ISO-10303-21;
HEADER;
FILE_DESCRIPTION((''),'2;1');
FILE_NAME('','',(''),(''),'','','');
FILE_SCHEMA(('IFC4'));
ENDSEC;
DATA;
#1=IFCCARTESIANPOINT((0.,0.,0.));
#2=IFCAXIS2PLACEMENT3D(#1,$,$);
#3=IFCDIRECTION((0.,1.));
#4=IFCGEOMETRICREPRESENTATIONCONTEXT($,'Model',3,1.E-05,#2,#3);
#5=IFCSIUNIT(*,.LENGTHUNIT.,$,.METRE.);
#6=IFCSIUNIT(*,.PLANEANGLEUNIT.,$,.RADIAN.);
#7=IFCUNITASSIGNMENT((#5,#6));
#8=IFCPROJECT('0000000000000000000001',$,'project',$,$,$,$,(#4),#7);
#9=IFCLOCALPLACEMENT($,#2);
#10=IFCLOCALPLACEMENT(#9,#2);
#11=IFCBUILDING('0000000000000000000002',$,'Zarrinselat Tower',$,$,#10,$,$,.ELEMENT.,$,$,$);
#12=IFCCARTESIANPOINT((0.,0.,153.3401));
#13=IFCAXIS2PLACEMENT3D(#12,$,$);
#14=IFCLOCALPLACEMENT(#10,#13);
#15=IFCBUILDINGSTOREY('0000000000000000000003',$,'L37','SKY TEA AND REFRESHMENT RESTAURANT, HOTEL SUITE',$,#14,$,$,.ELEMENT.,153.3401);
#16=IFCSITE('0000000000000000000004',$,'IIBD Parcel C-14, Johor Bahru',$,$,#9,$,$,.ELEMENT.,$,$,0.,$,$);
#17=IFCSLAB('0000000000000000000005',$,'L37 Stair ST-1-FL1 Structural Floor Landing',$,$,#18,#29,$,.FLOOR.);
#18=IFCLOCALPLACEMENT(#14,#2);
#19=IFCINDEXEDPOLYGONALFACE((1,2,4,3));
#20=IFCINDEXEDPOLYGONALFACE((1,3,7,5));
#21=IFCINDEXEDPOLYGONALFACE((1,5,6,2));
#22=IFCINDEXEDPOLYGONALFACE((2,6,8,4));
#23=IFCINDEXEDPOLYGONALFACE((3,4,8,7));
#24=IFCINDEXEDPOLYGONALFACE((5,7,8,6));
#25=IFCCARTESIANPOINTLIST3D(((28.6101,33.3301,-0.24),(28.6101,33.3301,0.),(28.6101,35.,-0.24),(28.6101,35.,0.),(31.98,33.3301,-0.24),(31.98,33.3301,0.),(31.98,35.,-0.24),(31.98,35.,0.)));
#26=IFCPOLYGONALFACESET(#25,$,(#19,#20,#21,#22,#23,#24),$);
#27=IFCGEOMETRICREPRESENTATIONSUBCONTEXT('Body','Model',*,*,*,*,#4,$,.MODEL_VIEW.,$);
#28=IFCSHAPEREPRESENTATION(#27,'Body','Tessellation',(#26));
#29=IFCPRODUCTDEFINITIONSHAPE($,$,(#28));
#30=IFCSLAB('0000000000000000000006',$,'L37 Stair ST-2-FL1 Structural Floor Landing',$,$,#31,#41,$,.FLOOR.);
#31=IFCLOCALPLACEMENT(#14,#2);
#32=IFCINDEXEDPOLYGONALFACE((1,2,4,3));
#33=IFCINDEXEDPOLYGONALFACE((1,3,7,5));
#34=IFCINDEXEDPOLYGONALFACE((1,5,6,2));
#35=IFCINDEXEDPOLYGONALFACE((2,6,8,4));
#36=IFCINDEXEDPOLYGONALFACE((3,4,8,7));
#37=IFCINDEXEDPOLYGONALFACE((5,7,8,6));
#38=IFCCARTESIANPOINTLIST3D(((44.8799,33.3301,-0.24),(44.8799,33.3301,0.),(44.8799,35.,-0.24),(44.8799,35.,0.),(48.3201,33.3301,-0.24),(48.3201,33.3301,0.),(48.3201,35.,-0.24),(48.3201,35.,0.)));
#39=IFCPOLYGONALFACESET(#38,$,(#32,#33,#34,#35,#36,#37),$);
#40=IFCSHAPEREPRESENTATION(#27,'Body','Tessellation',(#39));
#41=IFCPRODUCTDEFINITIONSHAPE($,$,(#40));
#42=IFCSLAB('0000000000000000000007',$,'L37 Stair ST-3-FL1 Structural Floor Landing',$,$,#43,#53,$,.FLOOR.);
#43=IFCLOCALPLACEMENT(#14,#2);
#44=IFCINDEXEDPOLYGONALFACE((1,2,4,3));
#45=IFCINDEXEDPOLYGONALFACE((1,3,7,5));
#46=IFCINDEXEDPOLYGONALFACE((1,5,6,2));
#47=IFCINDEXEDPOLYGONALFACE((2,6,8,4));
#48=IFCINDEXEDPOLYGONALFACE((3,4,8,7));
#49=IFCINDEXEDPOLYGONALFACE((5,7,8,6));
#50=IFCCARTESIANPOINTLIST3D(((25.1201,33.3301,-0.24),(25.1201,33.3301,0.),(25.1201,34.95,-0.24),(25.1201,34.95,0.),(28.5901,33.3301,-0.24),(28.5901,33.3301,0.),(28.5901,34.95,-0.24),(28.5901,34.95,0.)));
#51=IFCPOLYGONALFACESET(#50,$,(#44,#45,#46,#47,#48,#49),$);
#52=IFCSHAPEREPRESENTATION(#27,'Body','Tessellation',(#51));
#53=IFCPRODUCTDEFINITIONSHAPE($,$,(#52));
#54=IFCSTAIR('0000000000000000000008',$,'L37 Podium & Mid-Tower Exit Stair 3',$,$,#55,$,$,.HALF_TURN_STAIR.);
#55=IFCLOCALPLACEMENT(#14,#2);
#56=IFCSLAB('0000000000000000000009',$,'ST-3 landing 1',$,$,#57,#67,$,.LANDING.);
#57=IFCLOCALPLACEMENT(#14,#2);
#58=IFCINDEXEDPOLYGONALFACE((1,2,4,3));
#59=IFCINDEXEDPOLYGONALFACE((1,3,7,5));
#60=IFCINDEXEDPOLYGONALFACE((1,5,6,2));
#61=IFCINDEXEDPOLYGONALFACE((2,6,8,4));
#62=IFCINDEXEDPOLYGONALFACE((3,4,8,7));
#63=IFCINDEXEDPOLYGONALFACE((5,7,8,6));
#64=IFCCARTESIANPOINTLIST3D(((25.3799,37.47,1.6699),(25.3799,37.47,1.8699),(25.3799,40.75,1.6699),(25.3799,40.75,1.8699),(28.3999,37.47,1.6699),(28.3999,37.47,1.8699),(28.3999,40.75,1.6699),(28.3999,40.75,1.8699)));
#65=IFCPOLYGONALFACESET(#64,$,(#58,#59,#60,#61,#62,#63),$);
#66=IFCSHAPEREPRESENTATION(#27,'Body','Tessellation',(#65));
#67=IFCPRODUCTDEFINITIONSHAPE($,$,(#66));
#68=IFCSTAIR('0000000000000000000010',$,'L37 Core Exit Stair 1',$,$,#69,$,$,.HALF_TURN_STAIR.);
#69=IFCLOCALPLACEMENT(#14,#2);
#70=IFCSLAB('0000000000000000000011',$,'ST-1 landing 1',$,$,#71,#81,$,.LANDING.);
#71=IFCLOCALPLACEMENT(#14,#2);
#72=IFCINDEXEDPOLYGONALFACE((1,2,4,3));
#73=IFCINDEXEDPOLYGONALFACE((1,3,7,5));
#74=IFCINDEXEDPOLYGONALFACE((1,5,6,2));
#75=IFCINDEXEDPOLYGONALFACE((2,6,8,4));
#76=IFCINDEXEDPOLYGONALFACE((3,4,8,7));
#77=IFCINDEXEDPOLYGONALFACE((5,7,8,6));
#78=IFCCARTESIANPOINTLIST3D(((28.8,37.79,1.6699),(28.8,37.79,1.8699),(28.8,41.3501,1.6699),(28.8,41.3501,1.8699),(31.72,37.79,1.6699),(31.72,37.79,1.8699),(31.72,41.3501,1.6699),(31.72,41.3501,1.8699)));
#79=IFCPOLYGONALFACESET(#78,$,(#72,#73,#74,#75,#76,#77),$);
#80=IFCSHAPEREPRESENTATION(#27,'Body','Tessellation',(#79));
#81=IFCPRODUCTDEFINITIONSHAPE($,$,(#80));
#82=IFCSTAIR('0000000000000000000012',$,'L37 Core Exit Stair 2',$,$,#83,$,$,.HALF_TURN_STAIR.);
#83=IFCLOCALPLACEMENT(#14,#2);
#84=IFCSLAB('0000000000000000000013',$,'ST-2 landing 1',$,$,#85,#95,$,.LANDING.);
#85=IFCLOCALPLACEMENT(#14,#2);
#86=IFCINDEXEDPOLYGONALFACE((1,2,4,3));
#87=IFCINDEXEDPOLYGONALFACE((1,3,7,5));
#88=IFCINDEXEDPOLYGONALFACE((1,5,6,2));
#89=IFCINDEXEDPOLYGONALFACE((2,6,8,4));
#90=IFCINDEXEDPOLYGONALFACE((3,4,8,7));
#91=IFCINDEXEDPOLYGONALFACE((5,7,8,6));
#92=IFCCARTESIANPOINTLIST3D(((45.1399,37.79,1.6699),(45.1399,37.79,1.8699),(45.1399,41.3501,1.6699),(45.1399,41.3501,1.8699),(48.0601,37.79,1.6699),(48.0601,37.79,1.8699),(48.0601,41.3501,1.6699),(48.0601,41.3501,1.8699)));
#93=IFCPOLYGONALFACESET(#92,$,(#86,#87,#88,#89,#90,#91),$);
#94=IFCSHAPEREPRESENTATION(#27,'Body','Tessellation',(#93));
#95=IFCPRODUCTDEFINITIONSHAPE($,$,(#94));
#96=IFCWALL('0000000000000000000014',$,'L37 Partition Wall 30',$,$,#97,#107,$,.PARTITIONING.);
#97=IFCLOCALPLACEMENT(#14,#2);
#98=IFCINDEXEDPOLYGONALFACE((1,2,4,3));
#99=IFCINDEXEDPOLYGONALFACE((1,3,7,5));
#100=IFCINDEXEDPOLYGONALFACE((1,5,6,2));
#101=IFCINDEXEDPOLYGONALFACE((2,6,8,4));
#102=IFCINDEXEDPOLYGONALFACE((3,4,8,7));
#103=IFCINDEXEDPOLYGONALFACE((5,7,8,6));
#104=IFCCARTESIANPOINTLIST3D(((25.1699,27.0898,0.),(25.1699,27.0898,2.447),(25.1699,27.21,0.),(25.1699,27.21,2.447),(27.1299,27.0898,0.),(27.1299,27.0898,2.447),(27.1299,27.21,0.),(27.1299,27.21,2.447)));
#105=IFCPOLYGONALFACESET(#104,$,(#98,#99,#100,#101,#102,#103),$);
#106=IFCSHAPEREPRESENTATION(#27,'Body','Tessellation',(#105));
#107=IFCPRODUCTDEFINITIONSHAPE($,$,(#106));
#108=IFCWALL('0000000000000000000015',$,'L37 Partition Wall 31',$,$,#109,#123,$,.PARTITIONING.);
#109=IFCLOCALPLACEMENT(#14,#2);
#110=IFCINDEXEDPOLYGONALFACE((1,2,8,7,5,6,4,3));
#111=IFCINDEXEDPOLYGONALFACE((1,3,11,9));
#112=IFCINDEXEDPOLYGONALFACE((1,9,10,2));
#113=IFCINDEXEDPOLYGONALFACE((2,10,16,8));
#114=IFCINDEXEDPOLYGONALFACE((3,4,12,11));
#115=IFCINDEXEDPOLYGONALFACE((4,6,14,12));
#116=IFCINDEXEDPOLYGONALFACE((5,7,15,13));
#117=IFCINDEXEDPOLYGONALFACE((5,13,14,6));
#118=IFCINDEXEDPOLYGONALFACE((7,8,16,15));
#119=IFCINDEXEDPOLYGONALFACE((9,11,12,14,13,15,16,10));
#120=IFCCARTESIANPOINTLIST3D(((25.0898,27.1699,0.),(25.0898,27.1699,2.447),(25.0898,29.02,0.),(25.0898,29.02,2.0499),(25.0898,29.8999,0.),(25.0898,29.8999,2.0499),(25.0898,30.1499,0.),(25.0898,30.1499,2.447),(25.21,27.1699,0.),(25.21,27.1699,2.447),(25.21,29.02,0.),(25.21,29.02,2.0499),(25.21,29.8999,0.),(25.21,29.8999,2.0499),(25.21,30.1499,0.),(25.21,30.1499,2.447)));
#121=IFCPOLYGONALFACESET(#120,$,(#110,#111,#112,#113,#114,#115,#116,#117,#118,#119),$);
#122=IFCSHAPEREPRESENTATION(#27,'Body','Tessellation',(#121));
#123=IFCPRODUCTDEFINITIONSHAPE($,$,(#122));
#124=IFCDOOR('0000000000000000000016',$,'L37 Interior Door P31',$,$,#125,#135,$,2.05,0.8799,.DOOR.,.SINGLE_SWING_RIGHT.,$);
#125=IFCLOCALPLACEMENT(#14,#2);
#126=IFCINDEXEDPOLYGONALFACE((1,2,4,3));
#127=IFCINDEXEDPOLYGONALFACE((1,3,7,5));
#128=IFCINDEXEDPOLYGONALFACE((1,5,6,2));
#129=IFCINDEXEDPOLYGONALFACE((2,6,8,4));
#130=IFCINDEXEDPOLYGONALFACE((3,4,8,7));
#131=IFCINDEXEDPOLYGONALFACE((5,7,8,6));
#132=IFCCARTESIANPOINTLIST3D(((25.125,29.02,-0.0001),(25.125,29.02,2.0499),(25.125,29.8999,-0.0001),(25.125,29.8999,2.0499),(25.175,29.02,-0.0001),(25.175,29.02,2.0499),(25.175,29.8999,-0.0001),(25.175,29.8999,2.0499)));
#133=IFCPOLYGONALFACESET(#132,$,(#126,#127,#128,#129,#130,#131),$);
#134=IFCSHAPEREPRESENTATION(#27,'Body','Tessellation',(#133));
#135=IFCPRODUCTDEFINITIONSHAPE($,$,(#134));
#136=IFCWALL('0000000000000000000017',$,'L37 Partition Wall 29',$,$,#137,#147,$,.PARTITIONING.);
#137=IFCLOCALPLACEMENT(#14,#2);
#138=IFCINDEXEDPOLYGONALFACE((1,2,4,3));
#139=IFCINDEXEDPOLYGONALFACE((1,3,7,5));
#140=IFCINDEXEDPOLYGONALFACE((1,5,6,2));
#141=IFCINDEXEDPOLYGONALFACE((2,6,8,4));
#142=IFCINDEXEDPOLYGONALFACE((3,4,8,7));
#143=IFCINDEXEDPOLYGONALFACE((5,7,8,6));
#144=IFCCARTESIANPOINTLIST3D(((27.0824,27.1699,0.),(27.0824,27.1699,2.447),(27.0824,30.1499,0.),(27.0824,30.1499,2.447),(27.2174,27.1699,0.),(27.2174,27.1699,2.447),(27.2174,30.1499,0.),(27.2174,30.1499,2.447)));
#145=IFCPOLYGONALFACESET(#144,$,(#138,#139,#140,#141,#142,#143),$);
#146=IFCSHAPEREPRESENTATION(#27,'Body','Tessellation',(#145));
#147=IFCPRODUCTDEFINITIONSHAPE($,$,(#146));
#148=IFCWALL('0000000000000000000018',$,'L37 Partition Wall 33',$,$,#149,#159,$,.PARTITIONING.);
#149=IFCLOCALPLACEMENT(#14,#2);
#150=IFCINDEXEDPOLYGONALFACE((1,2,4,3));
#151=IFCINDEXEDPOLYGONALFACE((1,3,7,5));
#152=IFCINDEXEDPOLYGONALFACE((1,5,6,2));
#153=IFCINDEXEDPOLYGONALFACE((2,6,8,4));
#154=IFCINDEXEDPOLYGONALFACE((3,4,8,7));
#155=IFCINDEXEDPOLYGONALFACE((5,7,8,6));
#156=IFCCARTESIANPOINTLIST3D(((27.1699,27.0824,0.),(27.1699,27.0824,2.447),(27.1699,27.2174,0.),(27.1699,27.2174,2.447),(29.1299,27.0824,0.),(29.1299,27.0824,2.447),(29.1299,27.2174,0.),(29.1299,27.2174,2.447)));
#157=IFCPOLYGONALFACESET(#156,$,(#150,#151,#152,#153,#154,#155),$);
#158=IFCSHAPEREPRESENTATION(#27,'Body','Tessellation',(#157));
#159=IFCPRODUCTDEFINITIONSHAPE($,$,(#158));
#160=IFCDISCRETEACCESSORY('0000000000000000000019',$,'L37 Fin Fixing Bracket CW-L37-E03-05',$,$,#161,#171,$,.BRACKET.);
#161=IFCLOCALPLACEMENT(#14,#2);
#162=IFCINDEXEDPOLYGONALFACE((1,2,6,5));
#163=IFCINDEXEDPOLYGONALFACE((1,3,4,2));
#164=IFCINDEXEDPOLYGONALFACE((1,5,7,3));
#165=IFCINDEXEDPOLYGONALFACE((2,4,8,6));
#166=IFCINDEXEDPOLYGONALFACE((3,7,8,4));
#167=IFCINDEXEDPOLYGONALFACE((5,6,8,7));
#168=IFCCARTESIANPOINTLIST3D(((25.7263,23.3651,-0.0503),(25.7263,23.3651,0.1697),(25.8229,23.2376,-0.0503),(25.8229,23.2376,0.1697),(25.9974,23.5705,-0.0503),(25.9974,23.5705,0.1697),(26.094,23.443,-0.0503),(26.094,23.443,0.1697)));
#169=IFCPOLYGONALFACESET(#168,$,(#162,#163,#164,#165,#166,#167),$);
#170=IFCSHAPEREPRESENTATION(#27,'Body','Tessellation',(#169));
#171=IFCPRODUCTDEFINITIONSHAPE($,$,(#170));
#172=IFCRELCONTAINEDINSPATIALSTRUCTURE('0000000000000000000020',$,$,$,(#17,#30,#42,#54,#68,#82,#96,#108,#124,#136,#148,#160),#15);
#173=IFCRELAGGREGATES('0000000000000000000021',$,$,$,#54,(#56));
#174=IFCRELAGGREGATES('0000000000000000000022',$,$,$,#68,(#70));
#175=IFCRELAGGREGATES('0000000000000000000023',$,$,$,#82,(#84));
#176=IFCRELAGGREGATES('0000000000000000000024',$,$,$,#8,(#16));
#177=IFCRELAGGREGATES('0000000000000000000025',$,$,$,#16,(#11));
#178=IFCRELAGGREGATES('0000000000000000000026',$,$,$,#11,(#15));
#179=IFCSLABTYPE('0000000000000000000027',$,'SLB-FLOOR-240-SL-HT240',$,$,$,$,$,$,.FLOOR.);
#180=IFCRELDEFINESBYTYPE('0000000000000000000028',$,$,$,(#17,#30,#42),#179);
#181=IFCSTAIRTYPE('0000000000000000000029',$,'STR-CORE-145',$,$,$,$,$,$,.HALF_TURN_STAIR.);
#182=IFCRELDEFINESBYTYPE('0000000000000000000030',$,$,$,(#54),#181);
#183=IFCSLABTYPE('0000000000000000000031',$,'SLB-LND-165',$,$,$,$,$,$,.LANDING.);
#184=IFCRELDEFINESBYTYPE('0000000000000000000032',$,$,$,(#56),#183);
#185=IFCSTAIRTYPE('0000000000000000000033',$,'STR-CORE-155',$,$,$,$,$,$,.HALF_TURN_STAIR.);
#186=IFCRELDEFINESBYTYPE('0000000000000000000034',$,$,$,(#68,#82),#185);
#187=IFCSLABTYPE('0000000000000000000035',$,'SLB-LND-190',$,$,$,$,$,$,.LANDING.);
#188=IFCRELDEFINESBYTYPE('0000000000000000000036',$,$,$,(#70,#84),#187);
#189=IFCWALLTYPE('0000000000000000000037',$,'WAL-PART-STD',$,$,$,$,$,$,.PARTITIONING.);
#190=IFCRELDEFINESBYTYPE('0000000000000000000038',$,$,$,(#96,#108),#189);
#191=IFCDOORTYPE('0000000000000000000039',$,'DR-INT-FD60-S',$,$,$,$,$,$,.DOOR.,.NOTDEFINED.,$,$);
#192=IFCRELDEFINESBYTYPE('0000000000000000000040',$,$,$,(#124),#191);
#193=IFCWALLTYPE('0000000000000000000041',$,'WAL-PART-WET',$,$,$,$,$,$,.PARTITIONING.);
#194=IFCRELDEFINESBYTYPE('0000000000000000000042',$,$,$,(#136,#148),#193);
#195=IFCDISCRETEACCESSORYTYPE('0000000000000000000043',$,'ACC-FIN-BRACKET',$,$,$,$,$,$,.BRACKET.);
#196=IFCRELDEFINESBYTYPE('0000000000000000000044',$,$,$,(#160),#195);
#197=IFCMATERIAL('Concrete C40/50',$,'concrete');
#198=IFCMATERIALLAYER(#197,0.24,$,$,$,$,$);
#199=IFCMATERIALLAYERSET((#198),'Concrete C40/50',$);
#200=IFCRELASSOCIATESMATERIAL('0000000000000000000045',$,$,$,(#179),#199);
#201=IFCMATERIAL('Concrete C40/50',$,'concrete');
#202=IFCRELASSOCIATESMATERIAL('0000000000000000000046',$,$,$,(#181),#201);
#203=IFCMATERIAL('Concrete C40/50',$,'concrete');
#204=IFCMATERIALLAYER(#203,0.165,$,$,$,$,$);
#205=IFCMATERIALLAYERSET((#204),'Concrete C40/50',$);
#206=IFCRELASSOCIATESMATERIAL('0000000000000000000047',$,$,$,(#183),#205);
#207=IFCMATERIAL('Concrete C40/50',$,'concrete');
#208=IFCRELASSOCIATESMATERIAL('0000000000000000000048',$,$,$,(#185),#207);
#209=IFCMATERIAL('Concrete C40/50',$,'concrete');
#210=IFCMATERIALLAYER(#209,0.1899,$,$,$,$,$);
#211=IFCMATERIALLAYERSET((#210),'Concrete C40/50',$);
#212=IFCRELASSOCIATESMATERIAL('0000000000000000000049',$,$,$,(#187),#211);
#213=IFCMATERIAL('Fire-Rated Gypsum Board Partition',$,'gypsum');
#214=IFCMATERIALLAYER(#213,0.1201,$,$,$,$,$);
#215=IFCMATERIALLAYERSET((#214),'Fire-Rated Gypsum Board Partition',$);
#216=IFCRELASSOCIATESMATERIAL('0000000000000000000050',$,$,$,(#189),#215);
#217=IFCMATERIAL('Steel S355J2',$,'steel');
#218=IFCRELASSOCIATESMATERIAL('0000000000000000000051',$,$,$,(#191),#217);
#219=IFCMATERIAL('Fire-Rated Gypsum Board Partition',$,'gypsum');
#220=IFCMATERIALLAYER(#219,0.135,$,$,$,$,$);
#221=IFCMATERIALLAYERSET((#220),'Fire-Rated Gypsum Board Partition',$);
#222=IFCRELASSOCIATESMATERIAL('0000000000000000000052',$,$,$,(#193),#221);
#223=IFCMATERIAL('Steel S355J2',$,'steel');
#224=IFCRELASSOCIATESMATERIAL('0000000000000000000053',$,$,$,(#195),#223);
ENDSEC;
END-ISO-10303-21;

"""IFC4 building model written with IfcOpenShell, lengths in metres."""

from ifc_helpers import new_model, si_unit, direction, frame, frame_2d, origin, origin_2d, place, context, subcontext, project, spatial, polyline, rectangle, outline, extrude, material, layer, layer_set, type_object, element, fill, aggregate, save


model = new_model("IFC4")

# Units and contexts
model_context = context("Model", 3, precision=1e-05, world=origin(), true_north=direction((0.0, 1.0)))
body_context = subcontext(model_context, "Body", "Model", "MODEL_VIEW")
ifc_project = project(units=[si_unit("LENGTHUNIT", "METRE"), si_unit("PLANEANGLEUNIT", "RADIAN")], contexts=[model_context])

# Site, building, storey
site_placement = place(None, origin())
site = spatial("IfcSite", under=ifc_project, at=site_placement, Name="IIBD Parcel C-14, Johor Bahru", CompositionType="ELEMENT", RefElevation=0.0)
building_placement = place(site_placement, origin())
building = spatial("IfcBuilding", under=site, at=building_placement, Name="Zarrinselat Tower", CompositionType="ELEMENT")
storey_placement = place(building_placement, frame((0.0, 0.0, 153.3401)))
storey = spatial("IfcBuildingStorey", under=building, at=storey_placement, Name="L37", Description="SKY TEA AND REFRESHMENT RESTAURANT, HOTEL SUITE", CompositionType="ELEMENT", Elevation=153.3401)

# Slabs
ifc_material_1 = material(Name="Concrete C40/50", Category="concrete")
ifc_layer_1 = layer(ifc_material_1, 0.24)
ifc_layer_set_1 = layer_set([ifc_layer_1], Name="Concrete C40/50")
slab_type_1 = type_object("IfcSlabType", Name="SLB-FLOOR-240-SL-HT240", PredefinedType="FLOOR", material=ifc_layer_set_1)
slab_1_placement = place(storey_placement, frame((0.0, 0.0, -0.24)))
element("IfcSlab", 1, at=slab_1_placement, inside=storey, type_object=slab_type_1, Name="L37 Stair ST-1-FL1 Structural Floor Landing", PredefinedType="FLOOR", context=body_context, shape_type="SweptSolid", body=[
    extrude(outline(polyline([(31.98, 33.3301), (31.98, 35.0), (28.6101, 35.0), (28.6101, 33.3301), (31.98, 33.3301)])), origin(), (0.0, 0.0, 1.0), 0.24),
])
slab_2_placement = place(storey_placement, frame((0.0, 0.0, -0.24)))
element("IfcSlab", 2, at=slab_2_placement, inside=storey, type_object=slab_type_1, Name="L37 Stair ST-2-FL1 Structural Floor Landing", PredefinedType="FLOOR", context=body_context, shape_type="SweptSolid", body=[
    extrude(outline(polyline([(48.3201, 33.3301), (48.3201, 35.0), (44.8799, 35.0), (44.8799, 33.3301), (48.3201, 33.3301)])), origin(), (0.0, 0.0, 1.0), 0.24),
])
slab_3_placement = place(storey_placement, frame((0.0, 0.0, -0.24)))
element("IfcSlab", 3, at=slab_3_placement, inside=storey, type_object=slab_type_1, Name="L37 Stair ST-3-FL1 Structural Floor Landing", PredefinedType="FLOOR", context=body_context, shape_type="SweptSolid", body=[
    extrude(outline(polyline([(28.5901, 33.3301), (28.5901, 34.95), (25.1201, 34.95), (25.1201, 33.3301), (28.5901, 33.3301)])), origin(), (0.0, 0.0, 1.0), 0.24),
])

# Stairs, slabs
ifc_material_2 = material(Name="Concrete C40/50", Category="concrete")
stair_type_1 = type_object("IfcStairType", Name="STR-CORE-145", PredefinedType="HALF_TURN_STAIR", material=ifc_material_2)
stair_1_placement = place(storey_placement, origin())
stair_1 = element("IfcStair", 4, at=stair_1_placement, inside=storey, type_object=stair_type_1, Name="L37 Podium & Mid-Tower Exit Stair 3", PredefinedType="HALF_TURN_STAIR")
ifc_material_3 = material(Name="Concrete C40/50", Category="concrete")
ifc_layer_2 = layer(ifc_material_3, 0.165)
ifc_layer_set_2 = layer_set([ifc_layer_2], Name="Concrete C40/50")
slab_type_2 = type_object("IfcSlabType", Name="SLB-LND-165", PredefinedType="LANDING", material=ifc_layer_set_2)
slab_4_placement = place(storey_placement, frame((0.0, 0.0, 1.6699)))
slab_4 = element("IfcSlab", 5, at=slab_4_placement, type_object=slab_type_2, Name="ST-3 landing 1", PredefinedType="LANDING", context=body_context, shape_type="SweptSolid", body=[
    extrude(outline(polyline([(28.3999, 37.47), (28.3999, 40.75), (25.3799, 40.75), (25.3799, 37.47), (28.3999, 37.47)])), origin(), (0.0, 0.0, 1.0), 0.2),
])
aggregate(stair_1, [slab_4])
ifc_material_4 = material(Name="Concrete C40/50", Category="concrete")
stair_type_2 = type_object("IfcStairType", Name="STR-CORE-155", PredefinedType="HALF_TURN_STAIR", material=ifc_material_4)
stair_2_placement = place(storey_placement, origin())
stair_2 = element("IfcStair", 6, at=stair_2_placement, inside=storey, type_object=stair_type_2, Name="L37 Core Exit Stair 1", PredefinedType="HALF_TURN_STAIR")
ifc_material_5 = material(Name="Concrete C40/50", Category="concrete")
ifc_layer_3 = layer(ifc_material_5, 0.1899)
ifc_layer_set_3 = layer_set([ifc_layer_3], Name="Concrete C40/50")
slab_type_3 = type_object("IfcSlabType", Name="SLB-LND-190", PredefinedType="LANDING", material=ifc_layer_set_3)
slab_5_placement = place(storey_placement, frame((0.0, 0.0, 1.6699)))
slab_5 = element("IfcSlab", 7, at=slab_5_placement, type_object=slab_type_3, Name="ST-1 landing 1", PredefinedType="LANDING", context=body_context, shape_type="SweptSolid", body=[
    extrude(outline(polyline([(31.72, 37.79), (31.72, 41.3501), (28.8, 41.3501), (28.8, 37.79), (31.72, 37.79)])), origin(), (0.0, 0.0, 1.0), 0.2),
])
aggregate(stair_2, [slab_5])
stair_3_placement = place(storey_placement, origin())
stair_3 = element("IfcStair", 8, at=stair_3_placement, inside=storey, type_object=stair_type_2, Name="L37 Core Exit Stair 2", PredefinedType="HALF_TURN_STAIR")
slab_6_placement = place(storey_placement, frame((0.0, 0.0, 1.6699)))
slab_6 = element("IfcSlab", 9, at=slab_6_placement, type_object=slab_type_3, Name="ST-2 landing 1", PredefinedType="LANDING", context=body_context, shape_type="SweptSolid", body=[
    extrude(outline(polyline([(48.0601, 37.79), (48.0601, 41.3501), (45.1399, 41.3501), (45.1399, 37.79), (48.0601, 37.79)])), origin(), (0.0, 0.0, 1.0), 0.2),
])
aggregate(stair_3, [slab_6])

# Wall
ifc_material_6 = material(Name="Fire-Rated Gypsum Board Partition", Category="gypsum")
ifc_layer_4 = layer(ifc_material_6, 0.1201)
ifc_layer_set_4 = layer_set([ifc_layer_4], Name="Fire-Rated Gypsum Board Partition")
wall_type_1 = type_object("IfcWallType", Name="WAL-PART-STD", PredefinedType="PARTITIONING", material=ifc_layer_set_4)
wall_1_placement = place(storey_placement, frame((25.1699, 27.1499, 0.0), z_axis=(0.0, 0.0, 1.0), x_axis=(1.0, 0.0, 0.0)))
element("IfcWall", 10, at=wall_1_placement, inside=storey, type_object=wall_type_1, Name="L37 Partition Wall 30", PredefinedType="PARTITIONING", context=body_context, shape_type="SweptSolid", body=[
    extrude(rectangle(XDim=1.96, YDim=0.1201, at=frame_2d((0.98, 0.0))), origin(), (0.0, 0.0, 1.0), 2.447),
])

# Wall, opening, door
wall_2_placement = place(storey_placement, frame((25.1499, 27.1699, 0.0), z_axis=(0.0, 0.0, 1.0), x_axis=(0.0, 1.0, 0.0)))
wall_2 = element("IfcWall", 11, at=wall_2_placement, inside=storey, type_object=wall_type_1, Name="L37 Partition Wall 31", PredefinedType="PARTITIONING", context=body_context, shape_type="SweptSolid", body=[
    extrude(rectangle(XDim=2.98, YDim=0.1201, at=frame_2d((1.49, 0.0))), origin(), (0.0, 0.0, 1.0), 2.447),
])
opening_placement = place(wall_2_placement, frame((1.8501, 0.0, 0.0)))
opening = element("IfcOpeningElement", 12, at=opening_placement, cuts=wall_2, PredefinedType="OPENING", context=body_context, shape_type="SweptSolid", body=[
    extrude(rectangle(XDim=0.8799, YDim=2.05, at=frame_2d((0.4399, 1.0249))), frame((0.0, 0.0701, 0.0), z_axis=(0.0, -1.0, 0.0), x_axis=(1.0, 0.0, 0.0)), (0.0, 0.0, 1.0), 0.1401),
])
ifc_material_7 = material(Name="Steel S355J2", Category="steel")
door_type = type_object("IfcDoorType", Name="DR-INT-FD60-S", OperationType="NOTDEFINED", PredefinedType="DOOR", material=ifc_material_7)
door_placement = place(opening_placement, origin())
door = element("IfcDoor", 13, at=door_placement, inside=storey, type_object=door_type, Name="L37 Interior Door P31", OperationType="SINGLE_SWING_RIGHT", OverallHeight=2.05, OverallWidth=0.8799, PredefinedType="DOOR", context=body_context, shape_type="SweptSolid", body=[
    extrude(rectangle(XDim=0.8799, YDim=2.05, at=frame_2d((0.4399, 1.0249))), frame((0.0, 0.0249, 0.0), z_axis=(0.0, -1.0, 0.0), x_axis=(1.0, 0.0, 0.0)), (0.0, 0.0, 1.0), 0.05),
])
fill(opening, door)

# Walls
ifc_material_8 = material(Name="Fire-Rated Gypsum Board Partition", Category="gypsum")
ifc_layer_5 = layer(ifc_material_8, 0.135)
ifc_layer_set_5 = layer_set([ifc_layer_5], Name="Fire-Rated Gypsum Board Partition")
wall_type_2 = type_object("IfcWallType", Name="WAL-PART-WET", PredefinedType="PARTITIONING", material=ifc_layer_set_5)
wall_3_placement = place(storey_placement, frame((27.1499, 27.1699, 0.0), z_axis=(0.0, 0.0, 1.0), x_axis=(0.0, 1.0, 0.0)))
element("IfcWall", 14, at=wall_3_placement, inside=storey, type_object=wall_type_2, Name="L37 Partition Wall 29", PredefinedType="PARTITIONING", context=body_context, shape_type="SweptSolid", body=[
    extrude(rectangle(XDim=2.98, YDim=0.135, at=frame_2d((1.49, 0.0))), origin(), (0.0, 0.0, 1.0), 2.447),
])
wall_4_placement = place(storey_placement, frame((27.1699, 27.1499, 0.0), z_axis=(0.0, 0.0, 1.0), x_axis=(1.0, 0.0, 0.0)))
element("IfcWall", 15, at=wall_4_placement, inside=storey, type_object=wall_type_2, Name="L37 Partition Wall 33", PredefinedType="PARTITIONING", context=body_context, shape_type="SweptSolid", body=[
    extrude(rectangle(XDim=1.96, YDim=0.135, at=frame_2d((0.98, 0.0))), origin(), (0.0, 0.0, 1.0), 2.447),
])

# Discrete accessory
ifc_material_9 = material(Name="Steel S355J2", Category="steel")
discrete_accessory_type = type_object("IfcDiscreteAccessoryType", Name="ACC-FIN-BRACKET", PredefinedType="BRACKET", material=ifc_material_9)
discrete_accessory_placement = place(storey_placement, frame((25.9102, 23.4041, -0.0503), z_axis=(0.0, 0.0, 1.0), x_axis=(-0.797093, -0.603857, 0.0)))
element("IfcDiscreteAccessory", 16, at=discrete_accessory_placement, inside=storey, type_object=discrete_accessory_type, Name="L37 Fin Fixing Bracket CW-L37-E03-05", PredefinedType="BRACKET", context=body_context, shape_type="SweptSolid", body=[
    extrude(rectangle(XDim=0.3401, YDim=0.1599, at=origin_2d()), origin(), (0.0, 0.0, 1.0), 0.22),
])

save(model, "model.ifc")
